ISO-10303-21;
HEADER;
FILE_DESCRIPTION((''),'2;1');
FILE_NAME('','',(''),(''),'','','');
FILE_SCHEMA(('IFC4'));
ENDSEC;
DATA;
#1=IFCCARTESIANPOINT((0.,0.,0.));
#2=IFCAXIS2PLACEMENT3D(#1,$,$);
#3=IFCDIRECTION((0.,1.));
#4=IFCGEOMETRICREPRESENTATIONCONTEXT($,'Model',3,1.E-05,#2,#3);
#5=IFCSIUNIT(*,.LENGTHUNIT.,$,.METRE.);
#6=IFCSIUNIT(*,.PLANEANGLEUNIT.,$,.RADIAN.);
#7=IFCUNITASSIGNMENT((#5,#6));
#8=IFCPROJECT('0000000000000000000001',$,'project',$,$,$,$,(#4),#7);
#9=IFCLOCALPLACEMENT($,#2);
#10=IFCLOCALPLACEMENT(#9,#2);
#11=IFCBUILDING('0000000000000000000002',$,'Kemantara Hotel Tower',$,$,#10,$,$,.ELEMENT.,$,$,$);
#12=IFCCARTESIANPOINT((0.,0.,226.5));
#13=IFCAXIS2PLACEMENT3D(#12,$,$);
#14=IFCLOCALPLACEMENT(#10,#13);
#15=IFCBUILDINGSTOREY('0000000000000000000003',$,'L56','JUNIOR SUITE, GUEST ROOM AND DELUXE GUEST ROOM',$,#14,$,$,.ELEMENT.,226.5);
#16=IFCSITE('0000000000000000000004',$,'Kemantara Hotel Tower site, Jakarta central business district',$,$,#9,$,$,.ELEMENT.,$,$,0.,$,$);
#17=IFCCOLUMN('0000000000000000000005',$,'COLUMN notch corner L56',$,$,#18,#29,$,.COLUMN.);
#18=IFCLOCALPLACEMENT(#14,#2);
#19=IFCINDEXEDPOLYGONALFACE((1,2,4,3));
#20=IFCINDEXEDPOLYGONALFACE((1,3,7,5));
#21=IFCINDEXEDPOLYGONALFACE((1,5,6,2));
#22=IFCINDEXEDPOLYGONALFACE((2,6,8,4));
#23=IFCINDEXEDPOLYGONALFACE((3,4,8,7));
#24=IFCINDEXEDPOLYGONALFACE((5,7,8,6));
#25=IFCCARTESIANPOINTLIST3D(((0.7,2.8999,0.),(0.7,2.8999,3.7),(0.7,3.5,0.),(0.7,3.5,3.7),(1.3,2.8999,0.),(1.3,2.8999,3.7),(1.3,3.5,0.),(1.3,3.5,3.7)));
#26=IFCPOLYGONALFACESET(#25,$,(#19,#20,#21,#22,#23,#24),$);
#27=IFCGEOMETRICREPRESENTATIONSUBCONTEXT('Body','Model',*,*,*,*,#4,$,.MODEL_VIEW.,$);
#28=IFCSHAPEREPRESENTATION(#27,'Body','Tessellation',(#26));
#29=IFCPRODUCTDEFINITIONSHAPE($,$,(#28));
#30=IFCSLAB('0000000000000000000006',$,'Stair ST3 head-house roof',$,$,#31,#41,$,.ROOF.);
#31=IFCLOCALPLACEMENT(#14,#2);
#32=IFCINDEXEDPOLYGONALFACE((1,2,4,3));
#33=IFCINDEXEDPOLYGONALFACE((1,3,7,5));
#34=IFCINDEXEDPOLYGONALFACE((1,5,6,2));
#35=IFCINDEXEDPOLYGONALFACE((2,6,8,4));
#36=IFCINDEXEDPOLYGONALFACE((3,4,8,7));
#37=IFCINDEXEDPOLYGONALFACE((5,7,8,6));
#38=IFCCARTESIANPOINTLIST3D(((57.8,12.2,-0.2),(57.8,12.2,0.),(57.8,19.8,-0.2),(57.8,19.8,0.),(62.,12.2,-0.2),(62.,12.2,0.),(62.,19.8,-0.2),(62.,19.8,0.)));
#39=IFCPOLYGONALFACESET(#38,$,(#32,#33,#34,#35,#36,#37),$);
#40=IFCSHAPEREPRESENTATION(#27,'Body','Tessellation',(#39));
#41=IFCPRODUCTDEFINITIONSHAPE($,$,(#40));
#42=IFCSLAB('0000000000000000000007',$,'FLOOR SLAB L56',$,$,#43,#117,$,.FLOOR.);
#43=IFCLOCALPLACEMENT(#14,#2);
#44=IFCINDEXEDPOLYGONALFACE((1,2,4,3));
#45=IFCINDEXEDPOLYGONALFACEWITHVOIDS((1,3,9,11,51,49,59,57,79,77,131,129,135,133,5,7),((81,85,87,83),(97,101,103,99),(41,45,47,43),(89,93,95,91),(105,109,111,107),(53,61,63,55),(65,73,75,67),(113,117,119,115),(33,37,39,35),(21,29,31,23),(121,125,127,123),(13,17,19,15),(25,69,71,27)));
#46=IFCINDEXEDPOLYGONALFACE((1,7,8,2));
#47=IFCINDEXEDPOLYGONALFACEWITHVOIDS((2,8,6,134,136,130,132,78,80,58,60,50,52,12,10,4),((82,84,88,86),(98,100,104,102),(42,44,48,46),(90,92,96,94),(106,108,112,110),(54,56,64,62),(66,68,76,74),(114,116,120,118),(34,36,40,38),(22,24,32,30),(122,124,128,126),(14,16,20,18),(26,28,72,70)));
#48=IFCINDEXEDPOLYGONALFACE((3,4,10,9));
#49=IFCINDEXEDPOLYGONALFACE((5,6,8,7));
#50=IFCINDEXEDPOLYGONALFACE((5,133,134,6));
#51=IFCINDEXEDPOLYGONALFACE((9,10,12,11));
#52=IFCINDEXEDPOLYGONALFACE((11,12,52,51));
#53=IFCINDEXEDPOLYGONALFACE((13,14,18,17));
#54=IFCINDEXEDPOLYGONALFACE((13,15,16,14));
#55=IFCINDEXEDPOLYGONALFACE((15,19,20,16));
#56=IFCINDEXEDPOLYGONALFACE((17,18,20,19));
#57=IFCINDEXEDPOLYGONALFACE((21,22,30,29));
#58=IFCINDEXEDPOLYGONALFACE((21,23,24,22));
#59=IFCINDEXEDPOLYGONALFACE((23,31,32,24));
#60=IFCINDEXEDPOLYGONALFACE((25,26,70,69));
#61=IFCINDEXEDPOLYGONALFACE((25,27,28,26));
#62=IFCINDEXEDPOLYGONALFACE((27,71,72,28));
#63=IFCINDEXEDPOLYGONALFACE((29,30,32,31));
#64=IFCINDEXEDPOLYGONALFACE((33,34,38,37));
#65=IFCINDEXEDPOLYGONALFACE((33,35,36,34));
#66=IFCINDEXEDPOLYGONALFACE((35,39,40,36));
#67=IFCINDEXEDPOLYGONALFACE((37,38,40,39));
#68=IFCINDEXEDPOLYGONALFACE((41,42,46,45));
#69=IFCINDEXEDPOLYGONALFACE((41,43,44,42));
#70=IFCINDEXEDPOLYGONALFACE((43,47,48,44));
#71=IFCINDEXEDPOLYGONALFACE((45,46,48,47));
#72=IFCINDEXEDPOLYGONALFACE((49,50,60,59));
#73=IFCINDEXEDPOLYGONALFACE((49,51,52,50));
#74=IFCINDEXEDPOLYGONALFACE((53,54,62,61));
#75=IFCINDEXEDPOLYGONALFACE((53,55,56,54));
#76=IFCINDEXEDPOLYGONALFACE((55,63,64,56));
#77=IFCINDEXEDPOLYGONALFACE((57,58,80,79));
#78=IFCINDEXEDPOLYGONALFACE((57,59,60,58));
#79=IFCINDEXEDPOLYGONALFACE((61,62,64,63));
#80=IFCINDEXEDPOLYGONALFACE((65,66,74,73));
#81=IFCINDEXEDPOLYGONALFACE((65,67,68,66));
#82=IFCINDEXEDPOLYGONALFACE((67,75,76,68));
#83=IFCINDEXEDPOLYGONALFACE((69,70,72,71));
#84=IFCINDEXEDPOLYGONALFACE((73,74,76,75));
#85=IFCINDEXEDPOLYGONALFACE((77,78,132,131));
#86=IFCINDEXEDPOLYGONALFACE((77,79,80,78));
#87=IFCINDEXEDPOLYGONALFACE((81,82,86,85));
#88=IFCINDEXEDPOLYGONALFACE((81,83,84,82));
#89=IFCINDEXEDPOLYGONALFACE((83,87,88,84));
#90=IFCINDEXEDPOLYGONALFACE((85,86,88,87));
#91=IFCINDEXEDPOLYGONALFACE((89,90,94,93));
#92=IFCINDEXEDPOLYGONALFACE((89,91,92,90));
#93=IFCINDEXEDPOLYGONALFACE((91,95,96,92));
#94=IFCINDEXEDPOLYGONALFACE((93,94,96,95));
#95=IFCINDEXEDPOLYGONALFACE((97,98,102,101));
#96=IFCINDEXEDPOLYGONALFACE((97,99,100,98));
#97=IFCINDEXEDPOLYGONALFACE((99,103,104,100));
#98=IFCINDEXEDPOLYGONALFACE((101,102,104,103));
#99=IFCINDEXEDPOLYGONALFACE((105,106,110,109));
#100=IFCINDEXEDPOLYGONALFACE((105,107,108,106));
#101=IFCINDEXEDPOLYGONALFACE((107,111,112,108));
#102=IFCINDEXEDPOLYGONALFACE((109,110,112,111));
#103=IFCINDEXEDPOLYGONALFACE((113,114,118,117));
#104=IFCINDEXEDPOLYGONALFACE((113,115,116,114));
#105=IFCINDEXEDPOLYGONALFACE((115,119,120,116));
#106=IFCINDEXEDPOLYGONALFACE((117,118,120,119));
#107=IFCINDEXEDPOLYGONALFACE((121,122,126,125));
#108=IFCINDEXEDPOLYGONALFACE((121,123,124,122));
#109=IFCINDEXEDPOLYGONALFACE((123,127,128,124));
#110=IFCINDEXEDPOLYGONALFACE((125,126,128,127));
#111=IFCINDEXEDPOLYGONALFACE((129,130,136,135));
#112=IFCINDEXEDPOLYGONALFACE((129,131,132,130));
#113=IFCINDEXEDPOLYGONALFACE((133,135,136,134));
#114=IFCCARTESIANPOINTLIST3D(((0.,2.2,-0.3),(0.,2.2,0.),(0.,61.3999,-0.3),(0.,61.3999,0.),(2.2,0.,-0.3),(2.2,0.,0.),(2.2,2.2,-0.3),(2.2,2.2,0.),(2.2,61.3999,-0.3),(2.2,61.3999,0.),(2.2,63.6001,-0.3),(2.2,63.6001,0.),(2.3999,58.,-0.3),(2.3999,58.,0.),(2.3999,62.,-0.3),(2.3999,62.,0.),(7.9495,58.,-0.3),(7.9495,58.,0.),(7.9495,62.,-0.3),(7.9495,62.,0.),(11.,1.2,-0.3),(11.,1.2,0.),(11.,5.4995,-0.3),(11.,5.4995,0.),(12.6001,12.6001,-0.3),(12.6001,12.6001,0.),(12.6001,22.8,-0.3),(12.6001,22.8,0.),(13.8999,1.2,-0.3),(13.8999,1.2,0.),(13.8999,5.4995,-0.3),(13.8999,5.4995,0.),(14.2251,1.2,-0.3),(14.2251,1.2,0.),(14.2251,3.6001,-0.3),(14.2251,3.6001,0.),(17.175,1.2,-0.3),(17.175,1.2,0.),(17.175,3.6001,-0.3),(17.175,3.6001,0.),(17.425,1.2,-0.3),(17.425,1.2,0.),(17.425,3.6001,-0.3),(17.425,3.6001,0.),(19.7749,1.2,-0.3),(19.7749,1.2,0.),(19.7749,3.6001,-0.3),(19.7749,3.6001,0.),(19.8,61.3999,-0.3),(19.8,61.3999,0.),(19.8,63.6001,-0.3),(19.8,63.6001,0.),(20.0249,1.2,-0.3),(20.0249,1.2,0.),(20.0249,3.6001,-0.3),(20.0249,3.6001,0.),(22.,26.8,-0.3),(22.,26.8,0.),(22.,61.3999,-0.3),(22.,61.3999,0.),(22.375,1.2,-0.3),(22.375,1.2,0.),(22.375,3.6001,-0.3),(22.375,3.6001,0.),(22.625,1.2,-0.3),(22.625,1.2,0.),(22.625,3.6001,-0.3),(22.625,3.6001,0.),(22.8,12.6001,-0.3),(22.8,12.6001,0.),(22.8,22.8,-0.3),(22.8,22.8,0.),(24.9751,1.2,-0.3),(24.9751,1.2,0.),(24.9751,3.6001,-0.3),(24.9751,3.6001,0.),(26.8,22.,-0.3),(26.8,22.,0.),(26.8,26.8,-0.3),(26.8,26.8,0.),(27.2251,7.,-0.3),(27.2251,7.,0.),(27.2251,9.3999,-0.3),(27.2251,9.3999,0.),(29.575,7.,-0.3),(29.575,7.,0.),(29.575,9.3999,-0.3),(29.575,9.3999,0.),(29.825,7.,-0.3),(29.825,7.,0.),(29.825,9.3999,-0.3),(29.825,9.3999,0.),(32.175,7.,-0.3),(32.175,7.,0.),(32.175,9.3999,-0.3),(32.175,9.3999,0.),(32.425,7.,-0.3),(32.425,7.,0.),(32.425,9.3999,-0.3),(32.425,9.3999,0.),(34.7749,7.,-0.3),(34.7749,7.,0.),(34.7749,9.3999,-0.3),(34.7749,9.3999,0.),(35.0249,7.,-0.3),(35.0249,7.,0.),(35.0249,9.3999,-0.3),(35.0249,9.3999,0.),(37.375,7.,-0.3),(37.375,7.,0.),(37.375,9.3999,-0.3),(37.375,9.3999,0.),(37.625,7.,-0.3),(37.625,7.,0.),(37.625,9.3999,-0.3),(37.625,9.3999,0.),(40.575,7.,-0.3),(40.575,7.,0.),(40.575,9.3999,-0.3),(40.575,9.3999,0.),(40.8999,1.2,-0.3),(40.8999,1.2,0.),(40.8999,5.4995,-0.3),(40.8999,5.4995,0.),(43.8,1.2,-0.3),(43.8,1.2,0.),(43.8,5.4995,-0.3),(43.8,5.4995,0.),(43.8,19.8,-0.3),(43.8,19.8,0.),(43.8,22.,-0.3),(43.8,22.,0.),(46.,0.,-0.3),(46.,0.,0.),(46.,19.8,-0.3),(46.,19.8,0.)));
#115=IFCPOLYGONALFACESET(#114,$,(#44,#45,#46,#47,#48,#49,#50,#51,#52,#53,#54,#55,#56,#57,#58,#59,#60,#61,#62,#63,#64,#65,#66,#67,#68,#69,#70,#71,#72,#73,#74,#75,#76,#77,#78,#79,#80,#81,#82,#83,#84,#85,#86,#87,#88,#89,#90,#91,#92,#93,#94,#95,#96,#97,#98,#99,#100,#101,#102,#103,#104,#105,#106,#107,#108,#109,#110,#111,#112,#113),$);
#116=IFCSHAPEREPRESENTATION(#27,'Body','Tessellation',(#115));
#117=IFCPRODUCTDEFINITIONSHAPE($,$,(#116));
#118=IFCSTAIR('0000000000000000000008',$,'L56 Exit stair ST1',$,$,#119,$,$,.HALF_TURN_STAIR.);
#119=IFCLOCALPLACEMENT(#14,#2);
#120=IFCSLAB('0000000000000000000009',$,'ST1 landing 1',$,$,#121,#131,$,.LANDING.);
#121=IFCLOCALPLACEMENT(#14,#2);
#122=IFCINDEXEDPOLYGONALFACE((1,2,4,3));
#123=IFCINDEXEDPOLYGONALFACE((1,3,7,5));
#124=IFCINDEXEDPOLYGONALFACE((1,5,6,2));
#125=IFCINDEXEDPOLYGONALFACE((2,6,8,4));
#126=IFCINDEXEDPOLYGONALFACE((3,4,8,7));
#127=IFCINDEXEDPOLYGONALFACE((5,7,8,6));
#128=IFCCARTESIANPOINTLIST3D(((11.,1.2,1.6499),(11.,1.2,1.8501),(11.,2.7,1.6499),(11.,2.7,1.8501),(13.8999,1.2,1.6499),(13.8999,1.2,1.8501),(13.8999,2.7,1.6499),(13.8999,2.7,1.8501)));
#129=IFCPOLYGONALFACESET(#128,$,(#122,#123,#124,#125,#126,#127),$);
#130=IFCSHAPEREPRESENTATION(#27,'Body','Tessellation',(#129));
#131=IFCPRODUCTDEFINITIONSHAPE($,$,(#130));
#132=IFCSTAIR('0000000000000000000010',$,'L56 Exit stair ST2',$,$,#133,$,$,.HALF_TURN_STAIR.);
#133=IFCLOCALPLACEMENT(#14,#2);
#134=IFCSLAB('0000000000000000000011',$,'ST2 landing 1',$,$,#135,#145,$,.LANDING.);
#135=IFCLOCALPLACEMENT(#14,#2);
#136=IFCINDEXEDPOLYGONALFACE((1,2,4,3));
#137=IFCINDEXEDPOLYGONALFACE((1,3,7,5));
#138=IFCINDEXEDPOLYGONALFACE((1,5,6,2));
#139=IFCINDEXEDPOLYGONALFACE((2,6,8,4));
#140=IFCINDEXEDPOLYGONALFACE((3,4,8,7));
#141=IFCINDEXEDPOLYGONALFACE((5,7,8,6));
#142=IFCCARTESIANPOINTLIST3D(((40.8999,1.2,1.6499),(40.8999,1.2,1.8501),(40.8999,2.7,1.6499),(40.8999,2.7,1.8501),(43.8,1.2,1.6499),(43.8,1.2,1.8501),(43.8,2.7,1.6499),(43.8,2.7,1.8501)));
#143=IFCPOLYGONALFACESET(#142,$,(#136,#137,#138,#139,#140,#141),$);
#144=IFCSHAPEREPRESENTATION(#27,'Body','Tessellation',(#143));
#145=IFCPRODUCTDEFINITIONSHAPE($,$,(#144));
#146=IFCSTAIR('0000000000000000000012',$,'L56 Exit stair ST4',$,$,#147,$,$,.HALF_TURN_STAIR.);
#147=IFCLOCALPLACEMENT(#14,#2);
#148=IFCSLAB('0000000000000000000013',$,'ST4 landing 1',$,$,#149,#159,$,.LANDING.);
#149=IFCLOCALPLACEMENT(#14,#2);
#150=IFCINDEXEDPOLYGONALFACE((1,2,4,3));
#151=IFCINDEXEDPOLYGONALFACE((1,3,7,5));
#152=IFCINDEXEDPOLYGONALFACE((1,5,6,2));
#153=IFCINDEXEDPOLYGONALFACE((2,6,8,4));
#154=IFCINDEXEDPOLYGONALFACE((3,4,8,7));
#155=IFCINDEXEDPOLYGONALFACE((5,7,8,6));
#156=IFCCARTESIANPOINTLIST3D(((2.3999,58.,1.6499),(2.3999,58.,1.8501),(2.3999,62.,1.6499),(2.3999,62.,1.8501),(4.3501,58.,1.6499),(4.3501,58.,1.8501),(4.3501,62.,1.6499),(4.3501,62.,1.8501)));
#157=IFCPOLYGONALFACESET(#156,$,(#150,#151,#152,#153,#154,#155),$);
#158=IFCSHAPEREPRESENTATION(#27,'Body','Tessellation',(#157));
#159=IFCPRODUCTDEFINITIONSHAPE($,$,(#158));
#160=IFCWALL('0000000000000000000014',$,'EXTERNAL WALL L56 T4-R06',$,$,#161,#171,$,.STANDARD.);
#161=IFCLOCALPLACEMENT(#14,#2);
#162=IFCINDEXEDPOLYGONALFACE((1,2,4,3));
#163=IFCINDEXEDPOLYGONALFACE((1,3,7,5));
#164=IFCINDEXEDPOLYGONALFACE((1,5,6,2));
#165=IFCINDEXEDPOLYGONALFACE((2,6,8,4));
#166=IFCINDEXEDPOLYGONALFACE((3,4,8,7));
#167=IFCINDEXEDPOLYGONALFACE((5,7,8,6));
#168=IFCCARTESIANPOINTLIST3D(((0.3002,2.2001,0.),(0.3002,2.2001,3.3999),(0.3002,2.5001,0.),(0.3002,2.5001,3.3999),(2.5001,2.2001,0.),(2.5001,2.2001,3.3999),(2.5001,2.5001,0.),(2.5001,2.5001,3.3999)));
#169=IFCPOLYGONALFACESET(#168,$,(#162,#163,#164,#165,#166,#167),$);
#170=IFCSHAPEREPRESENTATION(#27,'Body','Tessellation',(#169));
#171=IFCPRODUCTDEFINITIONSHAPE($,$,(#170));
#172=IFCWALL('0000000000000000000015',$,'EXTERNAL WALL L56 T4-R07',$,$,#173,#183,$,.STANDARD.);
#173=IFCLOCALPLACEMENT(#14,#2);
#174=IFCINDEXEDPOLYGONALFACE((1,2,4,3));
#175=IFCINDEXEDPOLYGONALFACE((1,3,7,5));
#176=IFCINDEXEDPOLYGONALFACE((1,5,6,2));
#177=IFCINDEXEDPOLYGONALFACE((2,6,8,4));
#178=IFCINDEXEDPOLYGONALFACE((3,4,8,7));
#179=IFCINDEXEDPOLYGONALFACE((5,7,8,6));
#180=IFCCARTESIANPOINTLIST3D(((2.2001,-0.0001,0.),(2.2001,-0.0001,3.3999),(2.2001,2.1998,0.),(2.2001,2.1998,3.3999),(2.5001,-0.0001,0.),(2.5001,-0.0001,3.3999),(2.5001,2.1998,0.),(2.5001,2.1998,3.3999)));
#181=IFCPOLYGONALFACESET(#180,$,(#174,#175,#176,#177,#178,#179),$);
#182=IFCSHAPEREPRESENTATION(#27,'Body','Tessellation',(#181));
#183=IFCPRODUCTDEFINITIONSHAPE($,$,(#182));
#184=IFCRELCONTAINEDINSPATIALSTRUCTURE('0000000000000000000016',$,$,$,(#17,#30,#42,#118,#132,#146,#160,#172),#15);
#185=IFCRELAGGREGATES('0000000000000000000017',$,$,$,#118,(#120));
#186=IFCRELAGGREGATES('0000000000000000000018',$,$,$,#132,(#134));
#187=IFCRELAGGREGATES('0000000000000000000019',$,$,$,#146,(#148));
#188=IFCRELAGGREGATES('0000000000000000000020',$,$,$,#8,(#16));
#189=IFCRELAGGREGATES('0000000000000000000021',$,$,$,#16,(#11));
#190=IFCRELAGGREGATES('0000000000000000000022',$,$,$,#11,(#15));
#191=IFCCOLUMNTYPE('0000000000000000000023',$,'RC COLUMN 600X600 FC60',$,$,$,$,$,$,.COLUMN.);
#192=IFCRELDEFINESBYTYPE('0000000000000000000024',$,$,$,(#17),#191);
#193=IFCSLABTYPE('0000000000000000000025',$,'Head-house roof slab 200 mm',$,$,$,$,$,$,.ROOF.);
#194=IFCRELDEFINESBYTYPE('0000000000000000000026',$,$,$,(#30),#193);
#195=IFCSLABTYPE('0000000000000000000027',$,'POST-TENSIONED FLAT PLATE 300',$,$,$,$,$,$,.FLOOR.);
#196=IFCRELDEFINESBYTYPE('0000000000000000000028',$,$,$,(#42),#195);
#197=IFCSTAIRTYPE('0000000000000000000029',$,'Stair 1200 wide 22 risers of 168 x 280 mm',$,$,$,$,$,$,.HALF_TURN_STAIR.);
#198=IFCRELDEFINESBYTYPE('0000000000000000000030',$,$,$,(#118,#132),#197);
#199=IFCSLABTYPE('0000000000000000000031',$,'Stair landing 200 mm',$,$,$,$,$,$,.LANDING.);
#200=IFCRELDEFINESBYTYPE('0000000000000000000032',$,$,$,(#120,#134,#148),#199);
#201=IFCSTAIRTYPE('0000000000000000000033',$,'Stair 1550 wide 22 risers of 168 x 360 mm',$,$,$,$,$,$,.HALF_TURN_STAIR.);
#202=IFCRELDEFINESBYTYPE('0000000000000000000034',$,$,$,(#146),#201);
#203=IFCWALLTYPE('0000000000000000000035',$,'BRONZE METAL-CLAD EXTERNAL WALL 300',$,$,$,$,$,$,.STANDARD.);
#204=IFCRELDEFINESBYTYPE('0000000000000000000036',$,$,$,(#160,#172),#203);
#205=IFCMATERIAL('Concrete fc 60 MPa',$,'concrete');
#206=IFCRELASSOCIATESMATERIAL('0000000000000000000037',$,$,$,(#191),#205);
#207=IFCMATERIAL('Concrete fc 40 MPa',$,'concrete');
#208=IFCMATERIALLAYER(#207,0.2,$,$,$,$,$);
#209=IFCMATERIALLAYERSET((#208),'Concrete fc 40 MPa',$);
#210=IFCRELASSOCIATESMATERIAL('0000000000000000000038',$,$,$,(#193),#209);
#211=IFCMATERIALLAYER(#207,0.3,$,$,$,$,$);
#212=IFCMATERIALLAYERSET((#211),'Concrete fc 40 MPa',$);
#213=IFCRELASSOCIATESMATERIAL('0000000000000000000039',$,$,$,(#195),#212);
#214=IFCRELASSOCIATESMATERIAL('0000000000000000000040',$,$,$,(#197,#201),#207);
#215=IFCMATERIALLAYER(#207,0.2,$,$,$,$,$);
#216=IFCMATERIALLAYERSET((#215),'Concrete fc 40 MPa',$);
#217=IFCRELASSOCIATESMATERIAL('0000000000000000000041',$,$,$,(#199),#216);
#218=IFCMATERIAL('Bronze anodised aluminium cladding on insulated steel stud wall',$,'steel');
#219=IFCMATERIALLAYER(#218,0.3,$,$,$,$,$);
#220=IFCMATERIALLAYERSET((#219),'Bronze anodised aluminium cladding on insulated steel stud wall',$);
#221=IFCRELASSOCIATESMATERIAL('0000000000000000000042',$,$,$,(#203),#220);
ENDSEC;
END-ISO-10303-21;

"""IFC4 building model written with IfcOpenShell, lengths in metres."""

from ifc_helpers import new_model, si_unit, direction, frame, frame_2d, origin, origin_2d, place, context, subcontext, project, spatial, polyline, rectangle, outline, extrude, material, layer, layer_set, material_profile, profile_set, type_object, element, aggregate, save


model = new_model("IFC4")

# Units and contexts
model_context = context("Model", 3, precision=1e-05, world=origin(), true_north=direction((0.0, 1.0)))
body_context = subcontext(model_context, "Body", "Model", "MODEL_VIEW")
ifc_project = project(units=[si_unit("LENGTHUNIT", "METRE"), si_unit("PLANEANGLEUNIT", "RADIAN")], contexts=[model_context])

# Site, building, storey
site_placement = place(None, origin())
site = spatial("IfcSite", under=ifc_project, at=site_placement, Name="Kemantara Hotel Tower site, Jakarta central business district", CompositionType="ELEMENT", RefElevation=0.0)
building_placement = place(site_placement, origin())
building = spatial("IfcBuilding", under=site, at=building_placement, Name="Kemantara Hotel Tower", CompositionType="ELEMENT")
storey_placement = place(building_placement, frame((0.0, 0.0, 226.5)))
storey = spatial("IfcBuildingStorey", under=building, at=storey_placement, Name="L56", Description="JUNIOR SUITE, GUEST ROOM AND DELUXE GUEST ROOM", CompositionType="ELEMENT", Elevation=226.5)

# Column
ifc_material_1 = material(Name="Concrete fc 60 MPa", Category="concrete")
ifc_material_profile = material_profile(ifc_material_1, rectangle(XDim=0.6001, YDim=0.6001, at=origin_2d()), Name="RC 600X600")
ifc_profile_set = profile_set([ifc_material_profile], Name="Concrete fc 60 MPa")
column_type = type_object("IfcColumnType", Name="RC COLUMN 600X600 FC60", PredefinedType="COLUMN", material=ifc_profile_set)
column_placement = place(storey_placement, frame((1.0, 3.2, 0.0), z_axis=(0.0, 0.0, 1.0), x_axis=(1.0, 0.0, 0.0)))
element("IfcColumn", 1, at=column_placement, inside=storey, type_object=column_type, Name="COLUMN notch corner L56", PredefinedType="COLUMN", context=body_context, shape_type="SweptSolid", body=[
    extrude(rectangle(XDim=0.6001, YDim=0.6001, at=origin_2d()), origin(), (0.0, 0.0, 1.0), 3.7),
])

# Slabs
ifc_material_2 = material(Name="Concrete fc 40 MPa", Category="concrete")
ifc_layer_1 = layer(ifc_material_2, 0.2)
ifc_layer_set_1 = layer_set([ifc_layer_1], Name="Concrete fc 40 MPa")
slab_type_1 = type_object("IfcSlabType", Name="Head-house roof slab 200 mm", PredefinedType="ROOF", material=ifc_layer_set_1)
slab_1_placement = place(storey_placement, frame((0.0, 0.0, -0.2)))
element("IfcSlab", 2, at=slab_1_placement, inside=storey, type_object=slab_type_1, Name="Stair ST3 head-house roof", PredefinedType="ROOF", context=body_context, shape_type="SweptSolid", body=[
    extrude(outline(polyline([(57.8, 12.2), (62.0, 12.2), (62.0, 19.8), (57.8, 19.8), (57.8, 12.2)])), origin(), (0.0, 0.0, 1.0), 0.2),
])
ifc_layer_2 = layer(ifc_material_2, 0.3)
ifc_layer_set_2 = layer_set([ifc_layer_2], Name="Concrete fc 40 MPa")
slab_type_2 = type_object("IfcSlabType", Name="POST-TENSIONED FLAT PLATE 300", PredefinedType="FLOOR", material=ifc_layer_set_2)
slab_2_placement = place(storey_placement, frame((0.0, 0.0, -0.3)))
element("IfcSlab", 3, at=slab_2_placement, inside=storey, type_object=slab_type_2, Name="FLOOR SLAB L56", PredefinedType="FLOOR", context=body_context, shape_type="SweptSolid", body=[
    extrude(outline(polyline([(22.0, 26.8), (22.0, 61.3999), (19.8, 61.3999), (19.8, 63.6001), (2.2, 63.6001), (2.2, 61.3999), (0.0, 61.3999), (0.0, 2.2), (2.2, 2.2), (2.2, 0.0), (46.0, 0.0), (46.0, 19.8), (43.8, 19.8), (43.8, 22.0), (26.8, 22.0), (26.8, 26.8), (22.0, 26.8)]), holes=[polyline([(17.175, 3.6001), (17.175, 1.2), (14.2251, 1.2), (14.2251, 3.6001), (17.175, 3.6001)]), polyline([(19.7749, 1.2), (17.425, 1.2), (17.425, 3.6001), (19.7749, 3.6001), (19.7749, 1.2)]), polyline([(22.375, 1.2), (20.0249, 1.2), (20.0249, 3.6001), (22.375, 3.6001), (22.375, 1.2)]), polyline([(24.9751, 3.6001), (24.9751, 1.2), (22.625, 1.2), (22.625, 3.6001), (24.9751, 3.6001)]), polyline([(11.0, 1.2), (11.0, 5.4995), (13.8999, 5.4995), (13.8999, 1.2), (11.0, 1.2)]), polyline([(22.8, 12.6001), (12.6001, 12.6001), (12.6001, 22.8), (22.8, 22.8), (22.8, 12.6001)]), polyline([(2.3999, 58.0), (2.3999, 62.0), (7.9495, 62.0), (7.9495, 58.0), (2.3999, 58.0)]), polyline([(40.8999, 1.2), (40.8999, 5.4995), (43.8, 5.4995), (43.8, 1.2), (40.8999, 1.2)]), polyline([(29.575, 7.0), (27.2251, 7.0), (27.2251, 9.3999), (29.575, 9.3999), (29.575, 7.0)]), polyline([(32.175, 7.0), (29.825, 7.0), (29.825, 9.3999), (32.175, 9.3999), (32.175, 7.0)]), polyline([(34.7749, 7.0), (32.425, 7.0), (32.425, 9.3999), (34.7749, 9.3999), (34.7749, 7.0)]), polyline([(37.375, 7.0), (35.0249, 7.0), (35.0249, 9.3999), (37.375, 9.3999), (37.375, 7.0)]), polyline([(40.575, 7.0), (37.625, 7.0), (37.625, 9.3999), (40.575, 9.3999), (40.575, 7.0)])]), origin(), (0.0, 0.0, 1.0), 0.3),
])

# Stairs, slabs
stair_type_1 = type_object("IfcStairType", Name="Stair 1200 wide 22 risers of 168 x 280 mm", PredefinedType="HALF_TURN_STAIR", material=ifc_material_2)
stair_1_placement = place(storey_placement, origin())
stair_1 = element("IfcStair", 4, at=stair_1_placement, inside=storey, type_object=stair_type_1, Name="L56 Exit stair ST1", PredefinedType="HALF_TURN_STAIR")
ifc_layer_3 = layer(ifc_material_2, 0.2)
ifc_layer_set_3 = layer_set([ifc_layer_3], Name="Concrete fc 40 MPa")
slab_type_3 = type_object("IfcSlabType", Name="Stair landing 200 mm", PredefinedType="LANDING", material=ifc_layer_set_3)
slab_3_placement = place(storey_placement, frame((0.0, 0.0, 1.6499)))
slab_3 = element("IfcSlab", 5, at=slab_3_placement, type_object=slab_type_3, Name="ST1 landing 1", PredefinedType="LANDING", context=body_context, shape_type="SweptSolid", body=[
    extrude(outline(polyline([(11.0, 2.7), (11.0, 1.2), (13.8999, 1.2), (13.8999, 2.7), (11.0, 2.7)])), origin(), (0.0, 0.0, 1.0), 0.2002),
])
aggregate(stair_1, [slab_3])
stair_2_placement = place(storey_placement, origin())
stair_2 = element("IfcStair", 6, at=stair_2_placement, inside=storey, type_object=stair_type_1, Name="L56 Exit stair ST2", PredefinedType="HALF_TURN_STAIR")
slab_4_placement = place(storey_placement, frame((0.0, 0.0, 1.6499)))
slab_4 = element("IfcSlab", 7, at=slab_4_placement, type_object=slab_type_3, Name="ST2 landing 1", PredefinedType="LANDING", context=body_context, shape_type="SweptSolid", body=[
    extrude(outline(polyline([(40.8999, 2.7), (40.8999, 1.2), (43.8, 1.2), (43.8, 2.7), (40.8999, 2.7)])), origin(), (0.0, 0.0, 1.0), 0.2002),
])
aggregate(stair_2, [slab_4])
stair_type_2 = type_object("IfcStairType", Name="Stair 1550 wide 22 risers of 168 x 360 mm", PredefinedType="HALF_TURN_STAIR", material=ifc_material_2)
stair_3_placement = place(storey_placement, origin())
stair_3 = element("IfcStair", 8, at=stair_3_placement, inside=storey, type_object=stair_type_2, Name="L56 Exit stair ST4", PredefinedType="HALF_TURN_STAIR")
slab_5_placement = place(storey_placement, frame((0.0, 0.0, 1.6499)))
slab_5 = element("IfcSlab", 9, at=slab_5_placement, type_object=slab_type_3, Name="ST4 landing 1", PredefinedType="LANDING", context=body_context, shape_type="SweptSolid", body=[
    extrude(outline(polyline([(4.3501, 62.0), (2.3999, 62.0), (2.3999, 58.0), (4.3501, 58.0), (4.3501, 62.0)])), origin(), (0.0, 0.0, 1.0), 0.2002),
])
aggregate(stair_3, [slab_5])

# Walls
ifc_material_3 = material(Name="Bronze anodised aluminium cladding on insulated steel stud wall", Category="steel")
ifc_layer_4 = layer(ifc_material_3, 0.3)
ifc_layer_set_4 = layer_set([ifc_layer_4], Name="Bronze anodised aluminium cladding on insulated steel stud wall")
wall_type_1 = type_object("IfcWallType", Name="BRONZE METAL-CLAD EXTERNAL WALL 300", PredefinedType="STANDARD", material=ifc_layer_set_4)
for number, where, z_axis, x_axis, name in (
    (10, (0.3, 2.3501, 0.0), (0.0, 0.0, 1.0), (1.0, 0.0, 0.0), "EXTERNAL WALL L56 T4-R06"),
    (11, (2.3501, 2.2, 0.0), (0.0, 0.0, 1.0), (0.0, -1.0, 0.0), "EXTERNAL WALL L56 T4-R07"),
):
    element("IfcWall", number, at=place(storey_placement, frame(where, z_axis=z_axis, x_axis=x_axis)), inside=storey, type_object=wall_type_1, Name=name, PredefinedType="STANDARD", context=body_context, shape_type="SweptSolid", body=[
        extrude(rectangle(XDim=2.2, YDim=0.3, at=frame_2d((1.1001, 0.0))), origin(), (0.0, 0.0, 1.0), 3.3999),
    ])

save(model, "model.ifc")
